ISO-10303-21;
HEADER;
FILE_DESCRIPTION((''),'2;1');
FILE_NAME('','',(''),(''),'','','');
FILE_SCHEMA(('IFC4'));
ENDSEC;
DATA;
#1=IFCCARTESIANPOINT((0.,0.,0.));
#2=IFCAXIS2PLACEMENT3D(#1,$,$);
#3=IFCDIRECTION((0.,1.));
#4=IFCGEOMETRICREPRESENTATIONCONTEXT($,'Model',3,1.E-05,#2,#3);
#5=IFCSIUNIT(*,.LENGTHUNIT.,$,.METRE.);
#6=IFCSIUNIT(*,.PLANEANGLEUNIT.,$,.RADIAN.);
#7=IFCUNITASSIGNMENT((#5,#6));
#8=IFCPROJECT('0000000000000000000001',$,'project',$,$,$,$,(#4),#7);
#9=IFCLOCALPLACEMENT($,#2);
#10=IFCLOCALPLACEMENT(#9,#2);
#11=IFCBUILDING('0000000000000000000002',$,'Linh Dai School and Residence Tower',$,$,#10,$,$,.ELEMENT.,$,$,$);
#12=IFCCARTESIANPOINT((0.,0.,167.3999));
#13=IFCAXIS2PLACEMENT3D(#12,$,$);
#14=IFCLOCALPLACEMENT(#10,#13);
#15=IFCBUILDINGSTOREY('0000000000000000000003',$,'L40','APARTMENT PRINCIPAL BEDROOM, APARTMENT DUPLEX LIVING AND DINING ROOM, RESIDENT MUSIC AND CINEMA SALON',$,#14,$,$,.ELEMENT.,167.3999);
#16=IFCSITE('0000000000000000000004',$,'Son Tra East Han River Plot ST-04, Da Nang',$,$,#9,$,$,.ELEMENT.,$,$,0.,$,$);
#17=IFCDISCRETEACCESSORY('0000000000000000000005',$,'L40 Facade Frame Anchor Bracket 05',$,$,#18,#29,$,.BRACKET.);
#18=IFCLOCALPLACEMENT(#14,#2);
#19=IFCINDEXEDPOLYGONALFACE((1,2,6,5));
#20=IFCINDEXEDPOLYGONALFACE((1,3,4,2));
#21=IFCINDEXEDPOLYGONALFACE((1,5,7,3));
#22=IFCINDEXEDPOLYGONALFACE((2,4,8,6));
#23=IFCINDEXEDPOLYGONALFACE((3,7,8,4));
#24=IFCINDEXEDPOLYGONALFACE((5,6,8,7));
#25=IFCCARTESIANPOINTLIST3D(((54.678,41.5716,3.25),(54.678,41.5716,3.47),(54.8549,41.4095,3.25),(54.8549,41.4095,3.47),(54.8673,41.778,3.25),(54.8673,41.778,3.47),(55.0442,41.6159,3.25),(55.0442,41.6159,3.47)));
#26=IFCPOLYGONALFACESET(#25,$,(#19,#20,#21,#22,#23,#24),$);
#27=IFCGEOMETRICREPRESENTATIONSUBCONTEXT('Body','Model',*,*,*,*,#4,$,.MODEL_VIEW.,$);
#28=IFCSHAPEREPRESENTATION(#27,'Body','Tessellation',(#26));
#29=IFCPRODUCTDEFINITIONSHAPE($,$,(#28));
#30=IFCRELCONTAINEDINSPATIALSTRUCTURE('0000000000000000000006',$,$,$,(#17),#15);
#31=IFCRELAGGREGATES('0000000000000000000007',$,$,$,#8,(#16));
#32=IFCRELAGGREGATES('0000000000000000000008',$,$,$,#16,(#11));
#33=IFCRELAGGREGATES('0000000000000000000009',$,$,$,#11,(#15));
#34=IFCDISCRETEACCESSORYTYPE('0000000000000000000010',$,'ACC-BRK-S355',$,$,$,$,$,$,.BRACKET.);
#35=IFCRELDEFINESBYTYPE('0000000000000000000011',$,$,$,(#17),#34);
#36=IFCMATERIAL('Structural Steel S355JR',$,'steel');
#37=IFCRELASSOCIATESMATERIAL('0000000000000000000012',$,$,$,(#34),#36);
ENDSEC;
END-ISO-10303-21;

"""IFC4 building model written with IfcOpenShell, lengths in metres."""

from ifc_helpers import new_model, si_unit, direction, frame, origin, origin_2d, place, context, subcontext, project, spatial, rectangle, extrude, source, transform, mapped, material, type_object, element, save


model = new_model("IFC4")

# Units and contexts
model_context = context("Model", 3, precision=1e-05, world=origin(), true_north=direction((0.0, 1.0)))
body_context = subcontext(model_context, "Body", "Model", "MODEL_VIEW")
ifc_project = project(units=[si_unit("LENGTHUNIT", "METRE"), si_unit("PLANEANGLEUNIT", "RADIAN")], contexts=[model_context])

# Site, building, storey
site_placement = place(None, origin())
site = spatial("IfcSite", under=ifc_project, at=site_placement, Name="Son Tra East Han River Plot ST-04, Da Nang", CompositionType="ELEMENT", RefElevation=0.0)
building_placement = place(site_placement, origin())
building = spatial("IfcBuilding", under=site, at=building_placement, Name="Linh Dai School and Residence Tower", CompositionType="ELEMENT")
storey_placement = place(building_placement, frame((0.0, 0.0, 167.3999)))
storey = spatial("IfcBuildingStorey", under=building, at=storey_placement, Name="L40", Description="APARTMENT PRINCIPAL BEDROOM, APARTMENT DUPLEX LIVING AND DINING ROOM, RESIDENT MUSIC AND CINEMA SALON", CompositionType="ELEMENT", Elevation=167.3999)

# Shared definitions
ifc_material_1 = material(Name="Structural Steel S355JR", Category="steel")

# Discrete accessory
discrete_accessory_type = type_object("IfcDiscreteAccessoryType", Name="ACC-BRK-S355", PredefinedType="BRACKET", material=ifc_material_1)
shared_shape_1 = source(origin(), body_context, "Body", "SweptSolid", [
    extrude(rectangle(XDim=0.28, YDim=0.24, at=origin_2d()), origin(), (0.0, 0.0, 1.0), 0.22),
])
discrete_accessory_placement = place(storey_placement, frame((54.8611, 41.5938, 3.25), z_axis=(0.0, 0.0, 1.0), x_axis=(0.6758, 0.737085, 0.0)))
element("IfcDiscreteAccessory", 1, at=discrete_accessory_placement, inside=storey, type_object=discrete_accessory_type, Name="L40 Facade Frame Anchor Bracket 05", PredefinedType="BRACKET", context=body_context, shape_type="MappedRepresentation", body=[
    mapped(shared_shape_1, transform((0.0, 0.0, 0.0), x_axis=(1.0, 0.0, 0.0), y_axis=(0.0, 1.0, 0.0), z_axis=(0.0, 0.0, 1.0), scale=1.0)),
])

save(model, "model.ifc")
